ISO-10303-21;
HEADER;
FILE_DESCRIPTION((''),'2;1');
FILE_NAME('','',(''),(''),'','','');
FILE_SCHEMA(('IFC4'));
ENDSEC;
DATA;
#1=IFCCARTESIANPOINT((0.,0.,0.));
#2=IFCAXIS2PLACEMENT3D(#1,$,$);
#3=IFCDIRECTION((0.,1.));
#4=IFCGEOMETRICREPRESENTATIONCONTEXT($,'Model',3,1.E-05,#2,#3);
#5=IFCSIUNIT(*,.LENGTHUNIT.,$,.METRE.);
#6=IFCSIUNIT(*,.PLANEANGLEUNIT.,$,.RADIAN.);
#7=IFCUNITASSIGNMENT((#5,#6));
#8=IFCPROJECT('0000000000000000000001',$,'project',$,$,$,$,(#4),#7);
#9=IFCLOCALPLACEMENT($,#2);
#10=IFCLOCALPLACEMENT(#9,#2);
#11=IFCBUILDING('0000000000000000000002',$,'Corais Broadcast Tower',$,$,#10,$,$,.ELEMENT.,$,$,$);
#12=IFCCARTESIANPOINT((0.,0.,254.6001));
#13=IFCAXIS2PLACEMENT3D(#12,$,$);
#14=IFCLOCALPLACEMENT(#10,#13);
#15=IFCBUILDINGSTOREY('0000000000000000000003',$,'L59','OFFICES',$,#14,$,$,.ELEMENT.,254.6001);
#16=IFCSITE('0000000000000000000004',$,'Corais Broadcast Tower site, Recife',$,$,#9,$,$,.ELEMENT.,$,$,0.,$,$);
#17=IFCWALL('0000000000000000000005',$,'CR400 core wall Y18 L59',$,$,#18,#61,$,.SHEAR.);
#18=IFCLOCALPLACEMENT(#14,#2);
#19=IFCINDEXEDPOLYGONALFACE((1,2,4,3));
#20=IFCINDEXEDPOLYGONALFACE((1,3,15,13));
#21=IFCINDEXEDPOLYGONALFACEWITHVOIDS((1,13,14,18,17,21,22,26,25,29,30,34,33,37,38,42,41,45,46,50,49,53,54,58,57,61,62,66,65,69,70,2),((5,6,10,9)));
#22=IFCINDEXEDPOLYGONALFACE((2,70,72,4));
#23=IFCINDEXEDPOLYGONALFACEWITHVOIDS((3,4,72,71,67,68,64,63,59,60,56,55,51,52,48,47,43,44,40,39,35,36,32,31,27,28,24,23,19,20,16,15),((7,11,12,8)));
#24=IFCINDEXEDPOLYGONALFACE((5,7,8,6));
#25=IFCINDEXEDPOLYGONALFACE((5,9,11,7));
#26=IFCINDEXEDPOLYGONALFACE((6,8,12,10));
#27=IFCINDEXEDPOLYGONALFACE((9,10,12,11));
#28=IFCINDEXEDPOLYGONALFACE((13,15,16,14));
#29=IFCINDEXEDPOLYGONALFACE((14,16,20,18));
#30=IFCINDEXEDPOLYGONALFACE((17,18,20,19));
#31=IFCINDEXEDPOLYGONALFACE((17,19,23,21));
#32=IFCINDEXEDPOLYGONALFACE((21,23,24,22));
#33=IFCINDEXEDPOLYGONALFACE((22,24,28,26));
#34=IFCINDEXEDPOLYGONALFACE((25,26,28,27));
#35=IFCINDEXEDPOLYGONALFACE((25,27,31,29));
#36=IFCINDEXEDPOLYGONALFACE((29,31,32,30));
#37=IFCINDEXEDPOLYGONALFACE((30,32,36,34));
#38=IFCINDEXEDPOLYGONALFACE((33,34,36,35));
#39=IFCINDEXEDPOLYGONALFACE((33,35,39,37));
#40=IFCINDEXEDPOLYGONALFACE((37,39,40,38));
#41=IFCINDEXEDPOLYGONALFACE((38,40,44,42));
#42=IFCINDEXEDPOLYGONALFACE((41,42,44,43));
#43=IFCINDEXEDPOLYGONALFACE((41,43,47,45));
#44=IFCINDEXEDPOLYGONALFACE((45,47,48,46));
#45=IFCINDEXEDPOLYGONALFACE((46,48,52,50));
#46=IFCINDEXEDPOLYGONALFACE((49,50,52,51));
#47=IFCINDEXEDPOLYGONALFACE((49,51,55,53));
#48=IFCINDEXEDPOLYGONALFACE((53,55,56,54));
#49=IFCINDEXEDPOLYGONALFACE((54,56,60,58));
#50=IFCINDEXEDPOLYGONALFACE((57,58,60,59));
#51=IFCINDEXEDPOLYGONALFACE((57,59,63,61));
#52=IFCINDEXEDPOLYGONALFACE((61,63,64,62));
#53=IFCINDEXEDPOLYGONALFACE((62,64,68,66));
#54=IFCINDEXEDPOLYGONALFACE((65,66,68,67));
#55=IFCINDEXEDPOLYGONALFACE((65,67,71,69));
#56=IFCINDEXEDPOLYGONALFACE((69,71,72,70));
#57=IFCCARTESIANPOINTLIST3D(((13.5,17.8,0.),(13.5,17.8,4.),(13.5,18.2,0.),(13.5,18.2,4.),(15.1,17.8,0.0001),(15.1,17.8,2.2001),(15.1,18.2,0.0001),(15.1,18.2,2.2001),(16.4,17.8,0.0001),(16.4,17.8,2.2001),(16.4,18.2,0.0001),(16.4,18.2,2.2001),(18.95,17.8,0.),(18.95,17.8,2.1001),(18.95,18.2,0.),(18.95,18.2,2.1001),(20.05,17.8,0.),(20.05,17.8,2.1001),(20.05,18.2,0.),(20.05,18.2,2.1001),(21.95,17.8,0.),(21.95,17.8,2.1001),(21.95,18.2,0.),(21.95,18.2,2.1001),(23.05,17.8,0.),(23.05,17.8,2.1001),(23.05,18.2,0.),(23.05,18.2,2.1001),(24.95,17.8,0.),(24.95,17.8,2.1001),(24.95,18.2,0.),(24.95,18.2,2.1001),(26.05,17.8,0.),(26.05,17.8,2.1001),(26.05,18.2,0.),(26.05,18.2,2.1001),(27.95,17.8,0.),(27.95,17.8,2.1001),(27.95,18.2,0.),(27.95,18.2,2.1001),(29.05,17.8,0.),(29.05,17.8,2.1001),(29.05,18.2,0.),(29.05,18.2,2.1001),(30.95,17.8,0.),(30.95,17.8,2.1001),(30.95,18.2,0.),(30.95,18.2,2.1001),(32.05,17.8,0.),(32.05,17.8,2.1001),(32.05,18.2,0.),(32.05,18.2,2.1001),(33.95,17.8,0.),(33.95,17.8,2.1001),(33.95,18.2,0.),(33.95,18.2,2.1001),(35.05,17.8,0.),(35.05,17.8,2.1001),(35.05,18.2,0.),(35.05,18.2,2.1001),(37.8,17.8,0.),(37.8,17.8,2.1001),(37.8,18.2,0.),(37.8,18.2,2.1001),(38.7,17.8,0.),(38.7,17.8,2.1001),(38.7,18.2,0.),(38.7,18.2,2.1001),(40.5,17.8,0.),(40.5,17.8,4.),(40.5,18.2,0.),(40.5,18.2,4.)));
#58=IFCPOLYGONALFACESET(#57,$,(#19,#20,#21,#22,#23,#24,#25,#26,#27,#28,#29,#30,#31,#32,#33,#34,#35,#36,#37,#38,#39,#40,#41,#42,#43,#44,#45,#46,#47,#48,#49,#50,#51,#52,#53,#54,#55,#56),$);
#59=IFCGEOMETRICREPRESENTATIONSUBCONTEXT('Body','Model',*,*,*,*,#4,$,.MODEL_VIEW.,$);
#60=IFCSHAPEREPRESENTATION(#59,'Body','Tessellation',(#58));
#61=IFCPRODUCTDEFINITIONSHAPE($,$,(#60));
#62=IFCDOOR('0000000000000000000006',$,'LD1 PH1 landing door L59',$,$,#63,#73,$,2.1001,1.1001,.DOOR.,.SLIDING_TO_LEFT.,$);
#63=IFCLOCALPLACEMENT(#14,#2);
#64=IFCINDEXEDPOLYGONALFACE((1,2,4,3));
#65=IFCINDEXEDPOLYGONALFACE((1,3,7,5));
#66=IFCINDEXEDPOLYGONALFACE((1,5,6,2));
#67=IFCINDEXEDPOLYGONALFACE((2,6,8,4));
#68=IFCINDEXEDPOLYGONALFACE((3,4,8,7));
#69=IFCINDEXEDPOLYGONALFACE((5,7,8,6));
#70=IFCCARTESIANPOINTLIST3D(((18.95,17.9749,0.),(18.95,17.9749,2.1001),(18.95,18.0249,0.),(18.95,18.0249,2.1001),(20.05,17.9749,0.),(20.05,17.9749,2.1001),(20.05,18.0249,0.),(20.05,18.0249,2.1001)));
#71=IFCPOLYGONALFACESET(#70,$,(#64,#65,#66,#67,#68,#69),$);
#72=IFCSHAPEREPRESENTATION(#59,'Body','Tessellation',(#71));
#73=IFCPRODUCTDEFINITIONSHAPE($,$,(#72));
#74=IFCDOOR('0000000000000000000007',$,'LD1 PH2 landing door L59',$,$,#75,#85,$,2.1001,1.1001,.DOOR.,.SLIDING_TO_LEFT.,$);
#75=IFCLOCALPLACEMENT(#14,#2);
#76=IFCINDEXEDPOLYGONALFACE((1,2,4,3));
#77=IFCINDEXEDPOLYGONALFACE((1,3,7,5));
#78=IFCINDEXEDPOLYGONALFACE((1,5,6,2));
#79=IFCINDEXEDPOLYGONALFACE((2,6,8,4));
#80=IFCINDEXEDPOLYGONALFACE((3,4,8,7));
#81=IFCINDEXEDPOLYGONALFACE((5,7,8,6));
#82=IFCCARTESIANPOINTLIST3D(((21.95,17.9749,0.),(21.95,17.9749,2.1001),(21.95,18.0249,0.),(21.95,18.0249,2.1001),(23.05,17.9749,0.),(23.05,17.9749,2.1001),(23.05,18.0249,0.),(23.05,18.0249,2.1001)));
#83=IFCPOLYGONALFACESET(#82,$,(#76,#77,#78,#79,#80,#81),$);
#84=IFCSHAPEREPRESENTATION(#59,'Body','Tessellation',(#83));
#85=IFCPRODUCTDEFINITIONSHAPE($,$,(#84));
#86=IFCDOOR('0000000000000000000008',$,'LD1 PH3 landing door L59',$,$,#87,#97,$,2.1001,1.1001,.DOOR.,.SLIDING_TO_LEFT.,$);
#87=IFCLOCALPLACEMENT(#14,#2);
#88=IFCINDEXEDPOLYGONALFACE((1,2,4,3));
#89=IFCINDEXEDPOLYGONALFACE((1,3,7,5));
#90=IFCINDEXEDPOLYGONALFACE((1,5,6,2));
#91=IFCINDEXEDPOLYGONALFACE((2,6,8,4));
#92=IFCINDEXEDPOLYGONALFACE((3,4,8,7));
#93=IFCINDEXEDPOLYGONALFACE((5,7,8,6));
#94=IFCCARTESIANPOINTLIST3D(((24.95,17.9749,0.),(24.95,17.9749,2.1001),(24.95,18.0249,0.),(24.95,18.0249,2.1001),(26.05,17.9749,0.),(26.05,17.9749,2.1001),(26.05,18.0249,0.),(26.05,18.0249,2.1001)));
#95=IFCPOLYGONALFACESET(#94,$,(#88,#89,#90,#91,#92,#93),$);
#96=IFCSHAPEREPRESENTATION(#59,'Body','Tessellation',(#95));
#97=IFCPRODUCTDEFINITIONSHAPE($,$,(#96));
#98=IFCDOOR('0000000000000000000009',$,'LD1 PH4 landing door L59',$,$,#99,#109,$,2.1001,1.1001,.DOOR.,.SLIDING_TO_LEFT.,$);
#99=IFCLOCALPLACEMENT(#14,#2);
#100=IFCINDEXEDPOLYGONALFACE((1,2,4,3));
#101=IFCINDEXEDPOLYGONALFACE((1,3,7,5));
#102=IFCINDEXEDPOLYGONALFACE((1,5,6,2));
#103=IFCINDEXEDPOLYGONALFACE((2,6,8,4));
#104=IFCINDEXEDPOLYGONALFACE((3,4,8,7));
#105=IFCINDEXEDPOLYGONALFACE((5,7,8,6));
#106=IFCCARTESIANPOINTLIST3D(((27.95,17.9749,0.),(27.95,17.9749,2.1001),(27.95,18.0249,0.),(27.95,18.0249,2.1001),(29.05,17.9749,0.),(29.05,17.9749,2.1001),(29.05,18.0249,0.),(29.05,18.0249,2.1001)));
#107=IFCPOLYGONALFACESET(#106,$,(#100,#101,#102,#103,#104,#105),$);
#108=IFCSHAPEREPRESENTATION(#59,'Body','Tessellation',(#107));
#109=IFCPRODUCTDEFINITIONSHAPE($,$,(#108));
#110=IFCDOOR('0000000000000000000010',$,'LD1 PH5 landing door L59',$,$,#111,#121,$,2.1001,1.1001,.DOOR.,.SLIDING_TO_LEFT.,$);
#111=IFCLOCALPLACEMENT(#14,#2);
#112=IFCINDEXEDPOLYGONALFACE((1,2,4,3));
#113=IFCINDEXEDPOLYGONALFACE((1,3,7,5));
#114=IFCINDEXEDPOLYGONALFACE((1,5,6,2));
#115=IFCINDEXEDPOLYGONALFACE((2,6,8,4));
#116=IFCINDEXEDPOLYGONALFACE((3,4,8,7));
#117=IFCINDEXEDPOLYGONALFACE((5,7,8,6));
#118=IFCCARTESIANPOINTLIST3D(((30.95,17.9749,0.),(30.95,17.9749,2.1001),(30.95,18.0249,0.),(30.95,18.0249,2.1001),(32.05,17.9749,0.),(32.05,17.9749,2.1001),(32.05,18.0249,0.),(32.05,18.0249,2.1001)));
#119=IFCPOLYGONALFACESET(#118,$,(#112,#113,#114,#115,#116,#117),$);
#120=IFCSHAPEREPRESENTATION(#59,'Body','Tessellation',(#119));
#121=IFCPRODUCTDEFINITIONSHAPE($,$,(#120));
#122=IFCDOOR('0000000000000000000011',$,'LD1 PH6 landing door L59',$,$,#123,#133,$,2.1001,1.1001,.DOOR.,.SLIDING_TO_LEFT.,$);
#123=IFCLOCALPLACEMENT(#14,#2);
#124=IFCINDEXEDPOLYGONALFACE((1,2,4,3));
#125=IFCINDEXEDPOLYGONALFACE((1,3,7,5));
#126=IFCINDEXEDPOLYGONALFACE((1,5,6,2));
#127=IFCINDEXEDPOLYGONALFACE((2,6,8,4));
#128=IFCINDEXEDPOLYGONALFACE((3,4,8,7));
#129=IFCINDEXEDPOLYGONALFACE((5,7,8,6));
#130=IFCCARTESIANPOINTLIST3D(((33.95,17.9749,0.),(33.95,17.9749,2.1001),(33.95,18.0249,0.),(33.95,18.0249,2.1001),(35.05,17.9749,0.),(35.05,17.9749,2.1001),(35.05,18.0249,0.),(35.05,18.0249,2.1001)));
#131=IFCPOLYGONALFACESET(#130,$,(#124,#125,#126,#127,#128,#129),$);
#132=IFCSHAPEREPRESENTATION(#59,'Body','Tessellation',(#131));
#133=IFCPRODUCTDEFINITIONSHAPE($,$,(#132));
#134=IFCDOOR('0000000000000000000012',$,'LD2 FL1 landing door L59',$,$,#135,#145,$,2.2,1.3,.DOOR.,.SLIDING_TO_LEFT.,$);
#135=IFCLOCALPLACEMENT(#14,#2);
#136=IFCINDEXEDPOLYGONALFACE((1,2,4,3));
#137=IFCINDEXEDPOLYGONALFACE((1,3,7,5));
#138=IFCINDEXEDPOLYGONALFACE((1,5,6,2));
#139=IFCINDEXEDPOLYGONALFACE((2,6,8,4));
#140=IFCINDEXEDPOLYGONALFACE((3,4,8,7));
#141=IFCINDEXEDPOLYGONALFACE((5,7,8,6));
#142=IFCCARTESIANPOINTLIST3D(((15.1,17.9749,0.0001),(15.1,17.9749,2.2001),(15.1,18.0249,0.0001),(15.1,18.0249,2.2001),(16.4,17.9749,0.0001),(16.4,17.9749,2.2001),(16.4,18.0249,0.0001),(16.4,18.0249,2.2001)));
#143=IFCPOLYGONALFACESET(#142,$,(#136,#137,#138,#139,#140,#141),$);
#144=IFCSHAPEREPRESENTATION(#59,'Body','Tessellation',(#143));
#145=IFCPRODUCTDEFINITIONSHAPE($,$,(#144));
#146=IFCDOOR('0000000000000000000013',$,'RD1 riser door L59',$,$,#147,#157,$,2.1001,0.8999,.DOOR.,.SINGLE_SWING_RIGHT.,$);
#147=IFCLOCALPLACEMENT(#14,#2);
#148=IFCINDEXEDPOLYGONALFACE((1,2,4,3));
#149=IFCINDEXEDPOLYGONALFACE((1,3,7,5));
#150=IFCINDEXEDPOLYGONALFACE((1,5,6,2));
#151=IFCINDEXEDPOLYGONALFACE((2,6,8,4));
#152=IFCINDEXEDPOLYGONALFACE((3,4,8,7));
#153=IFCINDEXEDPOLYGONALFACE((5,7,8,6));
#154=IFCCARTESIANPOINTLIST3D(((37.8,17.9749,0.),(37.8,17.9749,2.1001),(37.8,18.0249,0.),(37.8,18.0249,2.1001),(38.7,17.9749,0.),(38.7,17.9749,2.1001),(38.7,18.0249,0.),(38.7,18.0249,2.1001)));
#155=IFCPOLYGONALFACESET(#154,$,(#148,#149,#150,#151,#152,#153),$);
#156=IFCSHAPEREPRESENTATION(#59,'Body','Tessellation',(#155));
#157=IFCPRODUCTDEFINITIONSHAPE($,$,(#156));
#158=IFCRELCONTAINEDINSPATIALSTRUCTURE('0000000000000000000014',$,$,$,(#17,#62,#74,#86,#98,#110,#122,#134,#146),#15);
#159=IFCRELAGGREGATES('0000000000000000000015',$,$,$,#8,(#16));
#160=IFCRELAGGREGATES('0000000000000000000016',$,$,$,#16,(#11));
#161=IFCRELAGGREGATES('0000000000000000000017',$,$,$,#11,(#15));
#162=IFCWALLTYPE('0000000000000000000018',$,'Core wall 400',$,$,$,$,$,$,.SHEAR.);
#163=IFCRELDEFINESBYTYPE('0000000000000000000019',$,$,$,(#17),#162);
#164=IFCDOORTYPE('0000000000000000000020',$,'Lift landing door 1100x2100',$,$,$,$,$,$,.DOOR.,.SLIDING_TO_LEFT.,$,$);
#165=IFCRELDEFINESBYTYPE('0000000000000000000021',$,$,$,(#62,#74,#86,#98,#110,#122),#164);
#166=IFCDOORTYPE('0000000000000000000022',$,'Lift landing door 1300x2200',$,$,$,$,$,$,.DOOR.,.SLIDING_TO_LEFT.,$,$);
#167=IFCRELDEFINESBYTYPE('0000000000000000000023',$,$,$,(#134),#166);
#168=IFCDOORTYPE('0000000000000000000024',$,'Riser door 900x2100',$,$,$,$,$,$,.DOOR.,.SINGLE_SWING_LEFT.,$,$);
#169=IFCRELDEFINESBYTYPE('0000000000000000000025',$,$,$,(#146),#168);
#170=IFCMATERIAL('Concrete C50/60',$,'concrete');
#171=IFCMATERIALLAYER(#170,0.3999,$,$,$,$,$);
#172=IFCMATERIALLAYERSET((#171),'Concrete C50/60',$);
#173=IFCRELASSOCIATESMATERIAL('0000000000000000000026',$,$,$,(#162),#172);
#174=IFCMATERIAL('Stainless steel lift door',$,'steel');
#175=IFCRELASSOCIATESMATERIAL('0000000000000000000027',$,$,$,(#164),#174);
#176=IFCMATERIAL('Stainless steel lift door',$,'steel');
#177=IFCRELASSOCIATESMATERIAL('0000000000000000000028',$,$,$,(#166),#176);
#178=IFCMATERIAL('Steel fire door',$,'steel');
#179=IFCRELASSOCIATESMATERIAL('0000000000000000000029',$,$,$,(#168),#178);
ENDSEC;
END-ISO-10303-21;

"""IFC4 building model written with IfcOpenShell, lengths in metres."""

from ifc_helpers import new_model, si_unit, direction, frame, frame_2d, origin, place, context, subcontext, project, spatial, rectangle, extrude, material, layer, layer_set, type_object, element, fill, save


model = new_model("IFC4")

# Units and contexts
model_context = context("Model", 3, precision=1e-05, world=origin(), true_north=direction((0.0, 1.0)))
body_context = subcontext(model_context, "Body", "Model", "MODEL_VIEW")
ifc_project = project(units=[si_unit("LENGTHUNIT", "METRE"), si_unit("PLANEANGLEUNIT", "RADIAN")], contexts=[model_context])

# Site, building, storey
site_placement = place(None, origin())
site = spatial("IfcSite", under=ifc_project, at=site_placement, Name="Corais Broadcast Tower site, Recife", CompositionType="ELEMENT", RefElevation=0.0)
building_placement = place(site_placement, origin())
building = spatial("IfcBuilding", under=site, at=building_placement, Name="Corais Broadcast Tower", CompositionType="ELEMENT")
storey_placement = place(building_placement, frame((0.0, 0.0, 254.6001)))
storey = spatial("IfcBuildingStorey", under=building, at=storey_placement, Name="L59", Description="OFFICES", CompositionType="ELEMENT", Elevation=254.6001)

# Shared definitions
ifc_material_1 = material(Name="Concrete C50/60", Category="concrete")
ifc_layer_1 = layer(ifc_material_1, 0.3999)
ifc_layer_set_1 = layer_set([ifc_layer_1], Name="Concrete C50/60")
wall_type_1 = type_object("IfcWallType", Name="Core wall 400", PredefinedType="SHEAR", material=ifc_layer_set_1)

# Wall, openings, doors
wall_1_placement = place(storey_placement, frame((13.5, 18.0, 0.0), z_axis=(0.0, 0.0, 1.0), x_axis=(1.0, 0.0, 0.0)))
wall_1 = element("IfcWall", 1, at=wall_1_placement, inside=storey, type_object=wall_type_1, Name="CR400 core wall Y18 L59", PredefinedType="SHEAR", context=body_context, shape_type="SweptSolid", body=[
    extrude(rectangle(XDim=27.0, YDim=0.3999, at=frame_2d((13.5, 0.0))), origin(), (0.0, 0.0, 1.0), 4.0),
])
opening_1_placement = place(wall_1_placement, frame((24.3, 0.0, 0.0)))
opening_1 = element("IfcOpeningElement", 2, at=opening_1_placement, cuts=wall_1, PredefinedType="OPENING", context=body_context, shape_type="SweptSolid", body=[
    extrude(rectangle(XDim=0.8999, YDim=2.1001, at=frame_2d((0.45, 1.05))), frame((0.0, 0.21, 0.0), z_axis=(0.0, -1.0, 0.0), x_axis=(1.0, 0.0, 0.0)), (0.0, 0.0, 1.0), 0.4199),
])
opening_2_placement = place(wall_1_placement, frame((5.45, 0.0, 0.0)))
opening_2 = element("IfcOpeningElement", 3, at=opening_2_placement, cuts=wall_1, PredefinedType="OPENING", context=body_context, shape_type="SweptSolid", body=[
    extrude(rectangle(XDim=1.1001, YDim=2.1001, at=frame_2d((0.55, 1.05))), frame((0.0, 0.21, 0.0), z_axis=(0.0, -1.0, 0.0), x_axis=(1.0, 0.0, 0.0)), (0.0, 0.0, 1.0), 0.4199),
])
opening_3_placement = place(wall_1_placement, frame((8.45, 0.0, 0.0)))
opening_3 = element("IfcOpeningElement", 4, at=opening_3_placement, cuts=wall_1, PredefinedType="OPENING", context=body_context, shape_type="SweptSolid", body=[
    extrude(rectangle(XDim=1.1001, YDim=2.1001, at=frame_2d((0.55, 1.05))), frame((0.0, 0.21, 0.0), z_axis=(0.0, -1.0, 0.0), x_axis=(1.0, 0.0, 0.0)), (0.0, 0.0, 1.0), 0.4199),
])
opening_4_placement = place(wall_1_placement, frame((11.45, 0.0, 0.0)))
opening_4 = element("IfcOpeningElement", 5, at=opening_4_placement, cuts=wall_1, PredefinedType="OPENING", context=body_context, shape_type="SweptSolid", body=[
    extrude(rectangle(XDim=1.1001, YDim=2.1001, at=frame_2d((0.55, 1.05))), frame((0.0, 0.21, 0.0), z_axis=(0.0, -1.0, 0.0), x_axis=(1.0, 0.0, 0.0)), (0.0, 0.0, 1.0), 0.4199),
])
opening_5_placement = place(wall_1_placement, frame((14.45, 0.0, 0.0)))
opening_5 = element("IfcOpeningElement", 6, at=opening_5_placement, cuts=wall_1, PredefinedType="OPENING", context=body_context, shape_type="SweptSolid", body=[
    extrude(rectangle(XDim=1.1001, YDim=2.1001, at=frame_2d((0.55, 1.05))), frame((0.0, 0.21, 0.0), z_axis=(0.0, -1.0, 0.0), x_axis=(1.0, 0.0, 0.0)), (0.0, 0.0, 1.0), 0.4199),
])
opening_6_placement = place(wall_1_placement, frame((17.45, 0.0, 0.0)))
opening_6 = element("IfcOpeningElement", 7, at=opening_6_placement, cuts=wall_1, PredefinedType="OPENING", context=body_context, shape_type="SweptSolid", body=[
    extrude(rectangle(XDim=1.1001, YDim=2.1001, at=frame_2d((0.55, 1.05))), frame((0.0, 0.21, 0.0), z_axis=(0.0, -1.0, 0.0), x_axis=(1.0, 0.0, 0.0)), (0.0, 0.0, 1.0), 0.4199),
])
opening_7_placement = place(wall_1_placement, frame((20.45, 0.0, 0.0)))
opening_7 = element("IfcOpeningElement", 8, at=opening_7_placement, cuts=wall_1, PredefinedType="OPENING", context=body_context, shape_type="SweptSolid", body=[
    extrude(rectangle(XDim=1.1001, YDim=2.1001, at=frame_2d((0.55, 1.05))), frame((0.0, 0.21, 0.0), z_axis=(0.0, -1.0, 0.0), x_axis=(1.0, 0.0, 0.0)), (0.0, 0.0, 1.0), 0.4199),
])
opening_8_placement = place(wall_1_placement, frame((1.6001, 0.0, 0.0)))
opening_8 = element("IfcOpeningElement", 9, at=opening_8_placement, cuts=wall_1, PredefinedType="OPENING", context=body_context, shape_type="SweptSolid", body=[
    extrude(rectangle(XDim=1.3, YDim=2.2, at=frame_2d((0.6499, 1.1001))), frame((0.0, 0.21, 0.0), z_axis=(0.0, -1.0, 0.0), x_axis=(1.0, 0.0, 0.0)), (0.0, 0.0, 1.0), 0.4199),
])
ifc_material_2 = material(Name="Stainless steel lift door", Category="steel")
door_type_1 = type_object("IfcDoorType", Name="Lift landing door 1100x2100", OperationType="SLIDING_TO_LEFT", PredefinedType="DOOR", material=ifc_material_2)
door_1_placement = place(opening_2_placement, origin())
door_1 = element("IfcDoor", 10, at=door_1_placement, inside=storey, type_object=door_type_1, Name="LD1 PH1 landing door L59", OperationType="SLIDING_TO_LEFT", OverallHeight=2.1001, OverallWidth=1.1001, PredefinedType="DOOR", context=body_context, shape_type="SweptSolid", body=[
    extrude(rectangle(XDim=1.1001, YDim=2.1001, at=frame_2d((0.55, 1.05))), frame((0.0, 0.0249, 0.0), z_axis=(0.0, -1.0, 0.0), x_axis=(1.0, 0.0, 0.0)), (0.0, 0.0, 1.0), 0.05),
])
fill(opening_2, door_1)
door_2_placement = place(opening_3_placement, origin())
door_2 = element("IfcDoor", 11, at=door_2_placement, inside=storey, type_object=door_type_1, Name="LD1 PH2 landing door L59", OperationType="SLIDING_TO_LEFT", OverallHeight=2.1001, OverallWidth=1.1001, PredefinedType="DOOR", context=body_context, shape_type="SweptSolid", body=[
    extrude(rectangle(XDim=1.1001, YDim=2.1001, at=frame_2d((0.55, 1.05))), frame((0.0, 0.0249, 0.0), z_axis=(0.0, -1.0, 0.0), x_axis=(1.0, 0.0, 0.0)), (0.0, 0.0, 1.0), 0.05),
])
fill(opening_3, door_2)
door_3_placement = place(opening_4_placement, origin())
door_3 = element("IfcDoor", 12, at=door_3_placement, inside=storey, type_object=door_type_1, Name="LD1 PH3 landing door L59", OperationType="SLIDING_TO_LEFT", OverallHeight=2.1001, OverallWidth=1.1001, PredefinedType="DOOR", context=body_context, shape_type="SweptSolid", body=[
    extrude(rectangle(XDim=1.1001, YDim=2.1001, at=frame_2d((0.55, 1.05))), frame((0.0, 0.0249, 0.0), z_axis=(0.0, -1.0, 0.0), x_axis=(1.0, 0.0, 0.0)), (0.0, 0.0, 1.0), 0.05),
])
fill(opening_4, door_3)
door_4_placement = place(opening_5_placement, origin())
door_4 = element("IfcDoor", 13, at=door_4_placement, inside=storey, type_object=door_type_1, Name="LD1 PH4 landing door L59", OperationType="SLIDING_TO_LEFT", OverallHeight=2.1001, OverallWidth=1.1001, PredefinedType="DOOR", context=body_context, shape_type="SweptSolid", body=[
    extrude(rectangle(XDim=1.1001, YDim=2.1001, at=frame_2d((0.55, 1.05))), frame((0.0, 0.0249, 0.0), z_axis=(0.0, -1.0, 0.0), x_axis=(1.0, 0.0, 0.0)), (0.0, 0.0, 1.0), 0.05),
])
fill(opening_5, door_4)
door_5_placement = place(opening_6_placement, origin())
door_5 = element("IfcDoor", 14, at=door_5_placement, inside=storey, type_object=door_type_1, Name="LD1 PH5 landing door L59", OperationType="SLIDING_TO_LEFT", OverallHeight=2.1001, OverallWidth=1.1001, PredefinedType="DOOR", context=body_context, shape_type="SweptSolid", body=[
    extrude(rectangle(XDim=1.1001, YDim=2.1001, at=frame_2d((0.55, 1.05))), frame((0.0, 0.0249, 0.0), z_axis=(0.0, -1.0, 0.0), x_axis=(1.0, 0.0, 0.0)), (0.0, 0.0, 1.0), 0.05),
])
fill(opening_6, door_5)
door_6_placement = place(opening_7_placement, origin())
door_6 = element("IfcDoor", 15, at=door_6_placement, inside=storey, type_object=door_type_1, Name="LD1 PH6 landing door L59", OperationType="SLIDING_TO_LEFT", OverallHeight=2.1001, OverallWidth=1.1001, PredefinedType="DOOR", context=body_context, shape_type="SweptSolid", body=[
    extrude(rectangle(XDim=1.1001, YDim=2.1001, at=frame_2d((0.55, 1.05))), frame((0.0, 0.0249, 0.0), z_axis=(0.0, -1.0, 0.0), x_axis=(1.0, 0.0, 0.0)), (0.0, 0.0, 1.0), 0.05),
])
fill(opening_7, door_6)
ifc_material_3 = material(Name="Stainless steel lift door", Category="steel")
door_type_2 = type_object("IfcDoorType", Name="Lift landing door 1300x2200", OperationType="SLIDING_TO_LEFT", PredefinedType="DOOR", material=ifc_material_3)
door_7_placement = place(opening_8_placement, origin())
door_7 = element("IfcDoor", 16, at=door_7_placement, inside=storey, type_object=door_type_2, Name="LD2 FL1 landing door L59", OperationType="SLIDING_TO_LEFT", OverallHeight=2.2, OverallWidth=1.3, PredefinedType="DOOR", context=body_context, shape_type="SweptSolid", body=[
    extrude(rectangle(XDim=1.3, YDim=2.2, at=frame_2d((0.6499, 1.1001))), frame((0.0, 0.0249, 0.0), z_axis=(0.0, -1.0, 0.0), x_axis=(1.0, 0.0, 0.0)), (0.0, 0.0, 1.0), 0.05),
])
fill(opening_8, door_7)
ifc_material_4 = material(Name="Steel fire door", Category="steel")
door_type_3 = type_object("IfcDoorType", Name="Riser door 900x2100", OperationType="SINGLE_SWING_LEFT", PredefinedType="DOOR", material=ifc_material_4)
door_8_placement = place(opening_1_placement, origin())
door_8 = element("IfcDoor", 17, at=door_8_placement, inside=storey, type_object=door_type_3, Name="RD1 riser door L59", OperationType="SINGLE_SWING_RIGHT", OverallHeight=2.1001, OverallWidth=0.8999, PredefinedType="DOOR", context=body_context, shape_type="SweptSolid", body=[
    extrude(rectangle(XDim=0.8999, YDim=2.1001, at=frame_2d((0.45, 1.05))), frame((0.0, 0.0249, 0.0), z_axis=(0.0, -1.0, 0.0), x_axis=(1.0, 0.0, 0.0)), (0.0, 0.0, 1.0), 0.05),
])
fill(opening_1, door_8)

save(model, "model.ifc")
